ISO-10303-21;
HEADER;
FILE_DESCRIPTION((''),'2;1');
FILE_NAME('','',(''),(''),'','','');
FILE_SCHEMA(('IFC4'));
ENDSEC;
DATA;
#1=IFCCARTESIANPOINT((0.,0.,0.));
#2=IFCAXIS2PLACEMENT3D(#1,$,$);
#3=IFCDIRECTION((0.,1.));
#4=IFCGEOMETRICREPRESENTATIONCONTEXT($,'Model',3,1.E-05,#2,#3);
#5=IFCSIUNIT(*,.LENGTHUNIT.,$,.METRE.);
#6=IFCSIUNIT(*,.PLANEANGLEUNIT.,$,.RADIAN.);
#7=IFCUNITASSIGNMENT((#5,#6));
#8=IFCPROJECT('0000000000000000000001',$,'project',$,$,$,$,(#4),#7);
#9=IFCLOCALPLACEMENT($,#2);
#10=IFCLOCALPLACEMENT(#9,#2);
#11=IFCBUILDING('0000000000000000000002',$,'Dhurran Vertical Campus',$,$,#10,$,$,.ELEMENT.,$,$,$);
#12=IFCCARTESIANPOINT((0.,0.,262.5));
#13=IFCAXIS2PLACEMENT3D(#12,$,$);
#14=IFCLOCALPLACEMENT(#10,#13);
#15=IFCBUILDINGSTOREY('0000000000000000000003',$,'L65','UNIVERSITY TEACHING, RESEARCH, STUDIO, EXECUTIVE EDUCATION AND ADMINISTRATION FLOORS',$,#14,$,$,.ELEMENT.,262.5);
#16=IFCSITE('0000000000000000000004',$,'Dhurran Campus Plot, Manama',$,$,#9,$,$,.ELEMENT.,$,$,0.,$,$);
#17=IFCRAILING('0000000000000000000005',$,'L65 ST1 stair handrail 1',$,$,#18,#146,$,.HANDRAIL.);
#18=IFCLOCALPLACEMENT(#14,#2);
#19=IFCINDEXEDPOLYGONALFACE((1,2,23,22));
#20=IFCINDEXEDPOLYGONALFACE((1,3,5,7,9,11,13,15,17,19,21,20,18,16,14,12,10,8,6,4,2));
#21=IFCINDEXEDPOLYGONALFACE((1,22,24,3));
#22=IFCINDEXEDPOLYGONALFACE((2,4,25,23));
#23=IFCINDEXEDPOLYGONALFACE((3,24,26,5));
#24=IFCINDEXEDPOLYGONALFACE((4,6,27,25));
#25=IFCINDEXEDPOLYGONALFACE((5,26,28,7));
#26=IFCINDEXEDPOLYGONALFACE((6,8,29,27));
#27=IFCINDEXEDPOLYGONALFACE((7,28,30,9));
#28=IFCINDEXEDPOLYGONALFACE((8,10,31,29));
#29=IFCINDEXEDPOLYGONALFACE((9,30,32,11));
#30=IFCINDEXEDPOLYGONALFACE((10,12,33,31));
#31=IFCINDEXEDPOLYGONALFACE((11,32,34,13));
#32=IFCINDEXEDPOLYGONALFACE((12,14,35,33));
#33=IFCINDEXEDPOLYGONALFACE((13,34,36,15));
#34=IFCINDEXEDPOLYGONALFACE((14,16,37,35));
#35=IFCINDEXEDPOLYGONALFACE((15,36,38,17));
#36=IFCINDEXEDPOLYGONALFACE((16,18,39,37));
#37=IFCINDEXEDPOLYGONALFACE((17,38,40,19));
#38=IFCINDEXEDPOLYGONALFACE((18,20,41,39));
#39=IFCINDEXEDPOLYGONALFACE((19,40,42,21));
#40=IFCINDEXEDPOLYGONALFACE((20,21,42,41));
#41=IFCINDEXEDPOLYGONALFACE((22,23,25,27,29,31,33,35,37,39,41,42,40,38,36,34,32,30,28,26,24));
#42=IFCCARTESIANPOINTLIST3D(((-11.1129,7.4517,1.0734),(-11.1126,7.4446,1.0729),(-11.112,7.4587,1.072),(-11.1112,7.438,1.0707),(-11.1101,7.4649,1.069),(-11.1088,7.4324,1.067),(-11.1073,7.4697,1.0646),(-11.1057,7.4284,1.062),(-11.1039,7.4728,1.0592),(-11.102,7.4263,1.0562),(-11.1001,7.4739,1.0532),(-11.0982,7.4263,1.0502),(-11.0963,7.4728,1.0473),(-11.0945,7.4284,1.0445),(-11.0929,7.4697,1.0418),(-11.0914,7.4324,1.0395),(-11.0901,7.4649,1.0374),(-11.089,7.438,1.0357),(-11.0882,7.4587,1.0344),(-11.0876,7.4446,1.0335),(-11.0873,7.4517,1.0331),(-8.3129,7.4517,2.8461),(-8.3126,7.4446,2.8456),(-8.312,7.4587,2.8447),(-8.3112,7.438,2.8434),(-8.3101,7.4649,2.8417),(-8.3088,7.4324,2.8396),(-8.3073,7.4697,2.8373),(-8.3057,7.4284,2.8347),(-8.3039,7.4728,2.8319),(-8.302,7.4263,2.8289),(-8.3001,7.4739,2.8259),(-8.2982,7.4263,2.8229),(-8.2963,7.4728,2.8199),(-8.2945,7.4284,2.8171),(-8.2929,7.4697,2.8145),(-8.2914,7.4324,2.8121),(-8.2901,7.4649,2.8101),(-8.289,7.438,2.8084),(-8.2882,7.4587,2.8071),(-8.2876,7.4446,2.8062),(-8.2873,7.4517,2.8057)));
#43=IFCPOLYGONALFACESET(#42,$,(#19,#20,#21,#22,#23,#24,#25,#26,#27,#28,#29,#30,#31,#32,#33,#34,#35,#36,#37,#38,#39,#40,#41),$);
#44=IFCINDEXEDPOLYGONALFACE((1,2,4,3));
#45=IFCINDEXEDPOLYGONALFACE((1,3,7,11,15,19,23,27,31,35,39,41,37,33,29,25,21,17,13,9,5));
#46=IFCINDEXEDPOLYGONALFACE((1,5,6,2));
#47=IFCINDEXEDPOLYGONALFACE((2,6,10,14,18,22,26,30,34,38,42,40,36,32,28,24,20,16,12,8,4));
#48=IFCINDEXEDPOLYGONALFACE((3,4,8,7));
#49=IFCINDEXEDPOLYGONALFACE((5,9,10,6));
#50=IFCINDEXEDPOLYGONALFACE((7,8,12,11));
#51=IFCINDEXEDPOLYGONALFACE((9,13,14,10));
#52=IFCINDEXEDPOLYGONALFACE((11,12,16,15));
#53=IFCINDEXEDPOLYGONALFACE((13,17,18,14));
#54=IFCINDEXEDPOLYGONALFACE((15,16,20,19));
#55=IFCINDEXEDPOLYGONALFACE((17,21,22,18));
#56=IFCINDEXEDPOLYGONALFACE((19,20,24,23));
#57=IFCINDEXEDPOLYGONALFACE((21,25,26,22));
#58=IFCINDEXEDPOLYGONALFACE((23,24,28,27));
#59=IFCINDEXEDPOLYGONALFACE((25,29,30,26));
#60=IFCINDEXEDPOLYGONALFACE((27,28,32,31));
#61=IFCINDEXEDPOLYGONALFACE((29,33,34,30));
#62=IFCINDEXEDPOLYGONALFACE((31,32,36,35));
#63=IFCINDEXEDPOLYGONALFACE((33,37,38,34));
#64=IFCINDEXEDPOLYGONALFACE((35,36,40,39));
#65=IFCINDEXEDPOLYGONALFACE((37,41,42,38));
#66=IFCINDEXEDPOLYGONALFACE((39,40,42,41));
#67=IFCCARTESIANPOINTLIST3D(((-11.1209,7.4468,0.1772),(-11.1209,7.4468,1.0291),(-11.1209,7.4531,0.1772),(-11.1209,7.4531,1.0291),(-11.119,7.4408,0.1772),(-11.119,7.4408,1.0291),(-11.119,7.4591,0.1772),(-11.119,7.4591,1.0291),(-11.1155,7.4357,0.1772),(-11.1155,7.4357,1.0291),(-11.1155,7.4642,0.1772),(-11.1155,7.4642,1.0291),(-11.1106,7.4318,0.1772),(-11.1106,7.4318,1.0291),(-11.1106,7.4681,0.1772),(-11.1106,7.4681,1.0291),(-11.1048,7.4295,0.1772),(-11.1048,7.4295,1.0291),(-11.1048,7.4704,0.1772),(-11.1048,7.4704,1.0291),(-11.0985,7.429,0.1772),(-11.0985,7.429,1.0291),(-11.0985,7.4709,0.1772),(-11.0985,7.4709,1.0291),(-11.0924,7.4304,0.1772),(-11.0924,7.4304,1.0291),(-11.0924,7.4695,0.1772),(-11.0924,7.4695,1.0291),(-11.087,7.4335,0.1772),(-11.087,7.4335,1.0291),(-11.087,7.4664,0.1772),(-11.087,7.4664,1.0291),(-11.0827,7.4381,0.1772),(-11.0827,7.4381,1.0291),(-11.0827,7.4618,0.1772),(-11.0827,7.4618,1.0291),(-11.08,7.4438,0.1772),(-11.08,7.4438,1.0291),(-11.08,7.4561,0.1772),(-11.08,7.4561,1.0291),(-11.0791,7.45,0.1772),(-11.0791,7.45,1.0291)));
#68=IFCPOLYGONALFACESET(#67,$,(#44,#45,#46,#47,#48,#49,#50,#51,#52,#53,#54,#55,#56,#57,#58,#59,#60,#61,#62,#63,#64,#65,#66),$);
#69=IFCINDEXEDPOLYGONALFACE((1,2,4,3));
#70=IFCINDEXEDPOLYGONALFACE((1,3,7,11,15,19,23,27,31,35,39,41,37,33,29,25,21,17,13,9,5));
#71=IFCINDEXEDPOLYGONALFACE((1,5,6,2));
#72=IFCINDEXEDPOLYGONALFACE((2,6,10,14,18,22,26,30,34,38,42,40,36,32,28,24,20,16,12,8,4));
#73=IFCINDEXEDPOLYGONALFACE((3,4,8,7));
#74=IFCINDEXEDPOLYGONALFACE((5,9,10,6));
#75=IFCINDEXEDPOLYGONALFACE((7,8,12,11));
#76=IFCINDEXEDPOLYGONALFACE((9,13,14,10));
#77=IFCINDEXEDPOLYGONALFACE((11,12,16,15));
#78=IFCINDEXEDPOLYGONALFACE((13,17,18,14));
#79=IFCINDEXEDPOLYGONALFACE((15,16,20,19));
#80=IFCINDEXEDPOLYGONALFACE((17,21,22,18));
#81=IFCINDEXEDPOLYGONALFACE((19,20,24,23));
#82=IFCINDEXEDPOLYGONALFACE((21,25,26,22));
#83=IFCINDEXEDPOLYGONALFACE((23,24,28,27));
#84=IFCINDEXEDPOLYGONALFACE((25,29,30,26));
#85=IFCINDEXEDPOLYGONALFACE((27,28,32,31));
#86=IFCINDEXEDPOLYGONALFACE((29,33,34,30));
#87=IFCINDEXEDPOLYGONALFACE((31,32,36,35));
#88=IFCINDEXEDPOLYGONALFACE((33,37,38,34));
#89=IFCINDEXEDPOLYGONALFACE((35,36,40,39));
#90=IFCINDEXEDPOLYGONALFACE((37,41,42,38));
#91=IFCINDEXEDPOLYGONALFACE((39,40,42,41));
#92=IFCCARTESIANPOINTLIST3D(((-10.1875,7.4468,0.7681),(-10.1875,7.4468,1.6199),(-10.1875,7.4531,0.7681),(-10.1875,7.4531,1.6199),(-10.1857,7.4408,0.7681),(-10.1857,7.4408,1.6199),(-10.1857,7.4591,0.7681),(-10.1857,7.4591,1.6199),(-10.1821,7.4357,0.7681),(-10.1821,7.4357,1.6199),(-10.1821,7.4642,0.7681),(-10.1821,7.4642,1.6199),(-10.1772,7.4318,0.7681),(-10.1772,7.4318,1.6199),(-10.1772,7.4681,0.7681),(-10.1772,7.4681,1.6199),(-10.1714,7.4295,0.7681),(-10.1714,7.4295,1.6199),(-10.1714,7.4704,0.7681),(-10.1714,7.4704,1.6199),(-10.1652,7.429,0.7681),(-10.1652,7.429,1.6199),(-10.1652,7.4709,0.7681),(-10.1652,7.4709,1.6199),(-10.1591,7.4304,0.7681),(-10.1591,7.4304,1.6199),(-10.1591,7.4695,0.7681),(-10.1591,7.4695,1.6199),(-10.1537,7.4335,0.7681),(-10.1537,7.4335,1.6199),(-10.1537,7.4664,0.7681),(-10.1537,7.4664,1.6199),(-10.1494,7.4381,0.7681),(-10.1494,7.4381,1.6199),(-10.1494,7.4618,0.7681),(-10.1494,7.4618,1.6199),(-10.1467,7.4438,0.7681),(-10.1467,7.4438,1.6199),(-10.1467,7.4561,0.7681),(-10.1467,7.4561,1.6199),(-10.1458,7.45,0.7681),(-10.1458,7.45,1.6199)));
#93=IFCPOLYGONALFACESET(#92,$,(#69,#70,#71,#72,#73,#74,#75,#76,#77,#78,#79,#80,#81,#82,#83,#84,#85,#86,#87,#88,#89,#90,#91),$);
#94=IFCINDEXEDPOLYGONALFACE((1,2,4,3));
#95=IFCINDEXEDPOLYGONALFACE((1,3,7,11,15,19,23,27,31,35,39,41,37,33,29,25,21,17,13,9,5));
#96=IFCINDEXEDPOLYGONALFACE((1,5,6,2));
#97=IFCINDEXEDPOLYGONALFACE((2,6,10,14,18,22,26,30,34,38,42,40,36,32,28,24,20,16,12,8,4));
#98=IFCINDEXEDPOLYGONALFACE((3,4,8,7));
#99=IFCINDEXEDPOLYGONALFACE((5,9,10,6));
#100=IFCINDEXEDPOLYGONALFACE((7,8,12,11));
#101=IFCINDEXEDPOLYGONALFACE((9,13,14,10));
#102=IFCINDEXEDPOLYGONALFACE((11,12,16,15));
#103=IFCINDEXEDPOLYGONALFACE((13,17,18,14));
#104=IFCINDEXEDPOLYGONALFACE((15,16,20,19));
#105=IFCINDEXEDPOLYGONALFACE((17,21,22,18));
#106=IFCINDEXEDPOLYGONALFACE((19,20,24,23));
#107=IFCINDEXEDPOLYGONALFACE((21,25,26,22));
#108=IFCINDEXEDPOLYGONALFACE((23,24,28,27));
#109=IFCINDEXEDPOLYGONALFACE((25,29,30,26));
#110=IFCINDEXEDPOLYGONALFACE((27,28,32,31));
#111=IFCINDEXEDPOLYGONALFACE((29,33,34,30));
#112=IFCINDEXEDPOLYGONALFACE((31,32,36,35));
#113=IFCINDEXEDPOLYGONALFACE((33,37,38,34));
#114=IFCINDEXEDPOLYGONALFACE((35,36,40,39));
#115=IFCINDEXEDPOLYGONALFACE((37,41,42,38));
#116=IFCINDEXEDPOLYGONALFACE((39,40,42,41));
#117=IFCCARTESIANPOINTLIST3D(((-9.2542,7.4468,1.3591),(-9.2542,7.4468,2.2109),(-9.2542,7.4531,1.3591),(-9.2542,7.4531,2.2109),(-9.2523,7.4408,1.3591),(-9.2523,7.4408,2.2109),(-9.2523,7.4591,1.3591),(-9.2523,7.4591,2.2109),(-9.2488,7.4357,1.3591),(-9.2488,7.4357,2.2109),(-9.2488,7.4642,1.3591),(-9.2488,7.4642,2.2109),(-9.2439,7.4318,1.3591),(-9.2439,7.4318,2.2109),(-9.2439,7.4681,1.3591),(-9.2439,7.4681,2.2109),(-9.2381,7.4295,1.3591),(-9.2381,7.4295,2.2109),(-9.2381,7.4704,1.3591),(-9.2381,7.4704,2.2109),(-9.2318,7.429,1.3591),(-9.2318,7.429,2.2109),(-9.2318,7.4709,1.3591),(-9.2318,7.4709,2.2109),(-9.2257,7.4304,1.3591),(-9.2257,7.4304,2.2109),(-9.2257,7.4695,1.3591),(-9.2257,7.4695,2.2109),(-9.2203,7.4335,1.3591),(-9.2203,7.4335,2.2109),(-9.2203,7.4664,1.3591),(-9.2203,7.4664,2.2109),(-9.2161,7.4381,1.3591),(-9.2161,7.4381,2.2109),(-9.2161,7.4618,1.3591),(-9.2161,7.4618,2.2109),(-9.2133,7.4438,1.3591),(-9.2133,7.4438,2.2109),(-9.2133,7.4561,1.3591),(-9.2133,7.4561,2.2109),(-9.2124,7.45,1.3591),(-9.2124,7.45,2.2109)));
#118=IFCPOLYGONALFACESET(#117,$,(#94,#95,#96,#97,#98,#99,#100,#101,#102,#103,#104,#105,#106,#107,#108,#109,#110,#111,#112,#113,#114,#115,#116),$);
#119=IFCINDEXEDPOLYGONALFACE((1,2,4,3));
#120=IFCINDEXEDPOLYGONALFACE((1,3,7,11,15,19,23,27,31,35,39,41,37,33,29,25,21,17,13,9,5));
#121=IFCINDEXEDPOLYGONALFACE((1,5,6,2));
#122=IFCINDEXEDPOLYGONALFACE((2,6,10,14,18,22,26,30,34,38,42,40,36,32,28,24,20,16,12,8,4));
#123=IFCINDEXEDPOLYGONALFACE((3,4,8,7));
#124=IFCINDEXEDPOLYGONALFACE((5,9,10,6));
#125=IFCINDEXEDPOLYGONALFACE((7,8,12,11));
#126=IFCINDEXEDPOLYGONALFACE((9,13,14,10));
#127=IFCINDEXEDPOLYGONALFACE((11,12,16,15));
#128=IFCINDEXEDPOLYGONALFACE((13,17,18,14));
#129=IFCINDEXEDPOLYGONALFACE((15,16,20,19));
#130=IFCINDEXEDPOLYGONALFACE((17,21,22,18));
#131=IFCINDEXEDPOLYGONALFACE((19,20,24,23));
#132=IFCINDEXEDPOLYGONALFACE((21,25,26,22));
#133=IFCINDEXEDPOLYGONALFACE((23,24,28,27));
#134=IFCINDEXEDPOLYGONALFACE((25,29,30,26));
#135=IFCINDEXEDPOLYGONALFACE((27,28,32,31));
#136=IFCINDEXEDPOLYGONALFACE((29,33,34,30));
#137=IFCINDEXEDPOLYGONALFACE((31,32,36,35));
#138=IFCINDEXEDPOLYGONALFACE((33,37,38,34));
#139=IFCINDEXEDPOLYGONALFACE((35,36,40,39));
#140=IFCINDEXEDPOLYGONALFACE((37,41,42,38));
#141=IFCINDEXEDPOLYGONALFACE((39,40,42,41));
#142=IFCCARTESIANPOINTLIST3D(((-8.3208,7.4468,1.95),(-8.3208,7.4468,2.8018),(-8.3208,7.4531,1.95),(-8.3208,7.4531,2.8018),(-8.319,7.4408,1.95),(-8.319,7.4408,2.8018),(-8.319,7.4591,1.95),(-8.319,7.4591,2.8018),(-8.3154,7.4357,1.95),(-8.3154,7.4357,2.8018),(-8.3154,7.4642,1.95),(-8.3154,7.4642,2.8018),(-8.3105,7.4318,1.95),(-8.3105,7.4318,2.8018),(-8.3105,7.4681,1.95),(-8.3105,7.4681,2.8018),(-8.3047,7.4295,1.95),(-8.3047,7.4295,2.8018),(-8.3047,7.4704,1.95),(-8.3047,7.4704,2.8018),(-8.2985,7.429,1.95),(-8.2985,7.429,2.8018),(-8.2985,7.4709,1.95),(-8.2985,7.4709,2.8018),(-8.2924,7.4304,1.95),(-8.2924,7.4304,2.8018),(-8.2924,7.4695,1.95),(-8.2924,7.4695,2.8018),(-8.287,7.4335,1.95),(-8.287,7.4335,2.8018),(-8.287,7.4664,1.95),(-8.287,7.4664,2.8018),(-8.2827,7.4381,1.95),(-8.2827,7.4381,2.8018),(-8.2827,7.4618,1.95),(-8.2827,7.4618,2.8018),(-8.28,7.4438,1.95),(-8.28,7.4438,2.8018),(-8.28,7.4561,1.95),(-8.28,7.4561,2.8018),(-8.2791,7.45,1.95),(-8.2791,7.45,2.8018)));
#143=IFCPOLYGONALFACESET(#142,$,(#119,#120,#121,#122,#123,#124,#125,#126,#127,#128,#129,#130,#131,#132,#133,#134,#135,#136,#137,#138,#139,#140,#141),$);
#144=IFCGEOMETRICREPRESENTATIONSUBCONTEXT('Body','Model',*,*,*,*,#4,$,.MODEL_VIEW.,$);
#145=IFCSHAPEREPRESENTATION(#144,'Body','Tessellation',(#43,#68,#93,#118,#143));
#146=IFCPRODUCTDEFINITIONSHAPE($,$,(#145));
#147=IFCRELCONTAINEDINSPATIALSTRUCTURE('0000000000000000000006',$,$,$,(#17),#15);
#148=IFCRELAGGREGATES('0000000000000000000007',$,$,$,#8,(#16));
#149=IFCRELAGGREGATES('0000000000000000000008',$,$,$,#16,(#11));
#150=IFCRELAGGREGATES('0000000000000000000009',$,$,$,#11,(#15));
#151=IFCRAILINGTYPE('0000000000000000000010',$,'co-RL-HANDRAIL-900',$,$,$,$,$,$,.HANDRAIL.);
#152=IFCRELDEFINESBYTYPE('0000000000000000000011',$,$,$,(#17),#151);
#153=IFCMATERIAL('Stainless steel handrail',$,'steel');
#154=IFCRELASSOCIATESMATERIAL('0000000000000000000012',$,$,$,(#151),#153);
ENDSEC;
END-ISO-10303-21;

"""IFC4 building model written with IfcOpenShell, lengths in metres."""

from ifc_helpers import new_model, si_unit, direction, frame, origin, origin_2d, place, context, subcontext, project, spatial, circle, extrude, material, type_object, element, save


model = new_model("IFC4")

# Units and contexts
model_context = context("Model", 3, precision=1e-05, world=origin(), true_north=direction((0.0, 1.0)))
body_context = subcontext(model_context, "Body", "Model", "MODEL_VIEW")
ifc_project = project(units=[si_unit("LENGTHUNIT", "METRE"), si_unit("PLANEANGLEUNIT", "RADIAN")], contexts=[model_context])

# Site, building, storey
site_placement = place(None, origin())
site = spatial("IfcSite", under=ifc_project, at=site_placement, Name="Dhurran Campus Plot, Manama", CompositionType="ELEMENT", RefElevation=0.0)
building_placement = place(site_placement, origin())
building = spatial("IfcBuilding", under=site, at=building_placement, Name="Dhurran Vertical Campus", CompositionType="ELEMENT")
storey_placement = place(building_placement, frame((0.0, 0.0, 262.5)))
storey = spatial("IfcBuildingStorey", under=building, at=storey_placement, Name="L65", Description="UNIVERSITY TEACHING, RESEARCH, STUDIO, EXECUTIVE EDUCATION AND ADMINISTRATION FLOORS", CompositionType="ELEMENT", Elevation=262.5)

# Railing
ifc_material_1 = material(Name="Stainless steel handrail", Category="steel")
railing_type_1 = type_object("IfcRailingType", Name="co-RL-HANDRAIL-900", PredefinedType="HANDRAIL", material=ifc_material_1)
railing_1_placement = place(storey_placement, frame((-11.1001, 7.45, 0.1772)))
element("IfcRailing", 1, at=railing_1_placement, inside=storey, type_object=railing_type_1, Name="L65 ST1 stair handrail 1", PredefinedType="HANDRAIL", context=body_context, shape_type="SweptSolid", body=[
    extrude(circle(Radius=0.0239, at=origin_2d()), frame((0.0, 0.0, 0.876), z_axis=(0.844909, 0.0, 0.53491), x_axis=(0.0, 1.0, 0.0)), (0.0, 0.0, 1.0), 3.314),
    extrude(circle(Radius=0.021, at=origin_2d()), origin(), (0.0, 0.0, 1.0), 0.8518),
    extrude(circle(Radius=0.021, at=origin_2d()), frame((0.9333, 0.0, 0.5908)), (0.0, 0.0, 1.0), 0.8518),
    extrude(circle(Radius=0.021, at=origin_2d()), frame((1.8667, 0.0, 1.1819)), (0.0, 0.0, 1.0), 0.8518),
    extrude(circle(Radius=0.021, at=origin_2d()), frame((2.8, 0.0, 1.7727)), (0.0, 0.0, 1.0), 0.8518),
])

save(model, "model.ifc")
